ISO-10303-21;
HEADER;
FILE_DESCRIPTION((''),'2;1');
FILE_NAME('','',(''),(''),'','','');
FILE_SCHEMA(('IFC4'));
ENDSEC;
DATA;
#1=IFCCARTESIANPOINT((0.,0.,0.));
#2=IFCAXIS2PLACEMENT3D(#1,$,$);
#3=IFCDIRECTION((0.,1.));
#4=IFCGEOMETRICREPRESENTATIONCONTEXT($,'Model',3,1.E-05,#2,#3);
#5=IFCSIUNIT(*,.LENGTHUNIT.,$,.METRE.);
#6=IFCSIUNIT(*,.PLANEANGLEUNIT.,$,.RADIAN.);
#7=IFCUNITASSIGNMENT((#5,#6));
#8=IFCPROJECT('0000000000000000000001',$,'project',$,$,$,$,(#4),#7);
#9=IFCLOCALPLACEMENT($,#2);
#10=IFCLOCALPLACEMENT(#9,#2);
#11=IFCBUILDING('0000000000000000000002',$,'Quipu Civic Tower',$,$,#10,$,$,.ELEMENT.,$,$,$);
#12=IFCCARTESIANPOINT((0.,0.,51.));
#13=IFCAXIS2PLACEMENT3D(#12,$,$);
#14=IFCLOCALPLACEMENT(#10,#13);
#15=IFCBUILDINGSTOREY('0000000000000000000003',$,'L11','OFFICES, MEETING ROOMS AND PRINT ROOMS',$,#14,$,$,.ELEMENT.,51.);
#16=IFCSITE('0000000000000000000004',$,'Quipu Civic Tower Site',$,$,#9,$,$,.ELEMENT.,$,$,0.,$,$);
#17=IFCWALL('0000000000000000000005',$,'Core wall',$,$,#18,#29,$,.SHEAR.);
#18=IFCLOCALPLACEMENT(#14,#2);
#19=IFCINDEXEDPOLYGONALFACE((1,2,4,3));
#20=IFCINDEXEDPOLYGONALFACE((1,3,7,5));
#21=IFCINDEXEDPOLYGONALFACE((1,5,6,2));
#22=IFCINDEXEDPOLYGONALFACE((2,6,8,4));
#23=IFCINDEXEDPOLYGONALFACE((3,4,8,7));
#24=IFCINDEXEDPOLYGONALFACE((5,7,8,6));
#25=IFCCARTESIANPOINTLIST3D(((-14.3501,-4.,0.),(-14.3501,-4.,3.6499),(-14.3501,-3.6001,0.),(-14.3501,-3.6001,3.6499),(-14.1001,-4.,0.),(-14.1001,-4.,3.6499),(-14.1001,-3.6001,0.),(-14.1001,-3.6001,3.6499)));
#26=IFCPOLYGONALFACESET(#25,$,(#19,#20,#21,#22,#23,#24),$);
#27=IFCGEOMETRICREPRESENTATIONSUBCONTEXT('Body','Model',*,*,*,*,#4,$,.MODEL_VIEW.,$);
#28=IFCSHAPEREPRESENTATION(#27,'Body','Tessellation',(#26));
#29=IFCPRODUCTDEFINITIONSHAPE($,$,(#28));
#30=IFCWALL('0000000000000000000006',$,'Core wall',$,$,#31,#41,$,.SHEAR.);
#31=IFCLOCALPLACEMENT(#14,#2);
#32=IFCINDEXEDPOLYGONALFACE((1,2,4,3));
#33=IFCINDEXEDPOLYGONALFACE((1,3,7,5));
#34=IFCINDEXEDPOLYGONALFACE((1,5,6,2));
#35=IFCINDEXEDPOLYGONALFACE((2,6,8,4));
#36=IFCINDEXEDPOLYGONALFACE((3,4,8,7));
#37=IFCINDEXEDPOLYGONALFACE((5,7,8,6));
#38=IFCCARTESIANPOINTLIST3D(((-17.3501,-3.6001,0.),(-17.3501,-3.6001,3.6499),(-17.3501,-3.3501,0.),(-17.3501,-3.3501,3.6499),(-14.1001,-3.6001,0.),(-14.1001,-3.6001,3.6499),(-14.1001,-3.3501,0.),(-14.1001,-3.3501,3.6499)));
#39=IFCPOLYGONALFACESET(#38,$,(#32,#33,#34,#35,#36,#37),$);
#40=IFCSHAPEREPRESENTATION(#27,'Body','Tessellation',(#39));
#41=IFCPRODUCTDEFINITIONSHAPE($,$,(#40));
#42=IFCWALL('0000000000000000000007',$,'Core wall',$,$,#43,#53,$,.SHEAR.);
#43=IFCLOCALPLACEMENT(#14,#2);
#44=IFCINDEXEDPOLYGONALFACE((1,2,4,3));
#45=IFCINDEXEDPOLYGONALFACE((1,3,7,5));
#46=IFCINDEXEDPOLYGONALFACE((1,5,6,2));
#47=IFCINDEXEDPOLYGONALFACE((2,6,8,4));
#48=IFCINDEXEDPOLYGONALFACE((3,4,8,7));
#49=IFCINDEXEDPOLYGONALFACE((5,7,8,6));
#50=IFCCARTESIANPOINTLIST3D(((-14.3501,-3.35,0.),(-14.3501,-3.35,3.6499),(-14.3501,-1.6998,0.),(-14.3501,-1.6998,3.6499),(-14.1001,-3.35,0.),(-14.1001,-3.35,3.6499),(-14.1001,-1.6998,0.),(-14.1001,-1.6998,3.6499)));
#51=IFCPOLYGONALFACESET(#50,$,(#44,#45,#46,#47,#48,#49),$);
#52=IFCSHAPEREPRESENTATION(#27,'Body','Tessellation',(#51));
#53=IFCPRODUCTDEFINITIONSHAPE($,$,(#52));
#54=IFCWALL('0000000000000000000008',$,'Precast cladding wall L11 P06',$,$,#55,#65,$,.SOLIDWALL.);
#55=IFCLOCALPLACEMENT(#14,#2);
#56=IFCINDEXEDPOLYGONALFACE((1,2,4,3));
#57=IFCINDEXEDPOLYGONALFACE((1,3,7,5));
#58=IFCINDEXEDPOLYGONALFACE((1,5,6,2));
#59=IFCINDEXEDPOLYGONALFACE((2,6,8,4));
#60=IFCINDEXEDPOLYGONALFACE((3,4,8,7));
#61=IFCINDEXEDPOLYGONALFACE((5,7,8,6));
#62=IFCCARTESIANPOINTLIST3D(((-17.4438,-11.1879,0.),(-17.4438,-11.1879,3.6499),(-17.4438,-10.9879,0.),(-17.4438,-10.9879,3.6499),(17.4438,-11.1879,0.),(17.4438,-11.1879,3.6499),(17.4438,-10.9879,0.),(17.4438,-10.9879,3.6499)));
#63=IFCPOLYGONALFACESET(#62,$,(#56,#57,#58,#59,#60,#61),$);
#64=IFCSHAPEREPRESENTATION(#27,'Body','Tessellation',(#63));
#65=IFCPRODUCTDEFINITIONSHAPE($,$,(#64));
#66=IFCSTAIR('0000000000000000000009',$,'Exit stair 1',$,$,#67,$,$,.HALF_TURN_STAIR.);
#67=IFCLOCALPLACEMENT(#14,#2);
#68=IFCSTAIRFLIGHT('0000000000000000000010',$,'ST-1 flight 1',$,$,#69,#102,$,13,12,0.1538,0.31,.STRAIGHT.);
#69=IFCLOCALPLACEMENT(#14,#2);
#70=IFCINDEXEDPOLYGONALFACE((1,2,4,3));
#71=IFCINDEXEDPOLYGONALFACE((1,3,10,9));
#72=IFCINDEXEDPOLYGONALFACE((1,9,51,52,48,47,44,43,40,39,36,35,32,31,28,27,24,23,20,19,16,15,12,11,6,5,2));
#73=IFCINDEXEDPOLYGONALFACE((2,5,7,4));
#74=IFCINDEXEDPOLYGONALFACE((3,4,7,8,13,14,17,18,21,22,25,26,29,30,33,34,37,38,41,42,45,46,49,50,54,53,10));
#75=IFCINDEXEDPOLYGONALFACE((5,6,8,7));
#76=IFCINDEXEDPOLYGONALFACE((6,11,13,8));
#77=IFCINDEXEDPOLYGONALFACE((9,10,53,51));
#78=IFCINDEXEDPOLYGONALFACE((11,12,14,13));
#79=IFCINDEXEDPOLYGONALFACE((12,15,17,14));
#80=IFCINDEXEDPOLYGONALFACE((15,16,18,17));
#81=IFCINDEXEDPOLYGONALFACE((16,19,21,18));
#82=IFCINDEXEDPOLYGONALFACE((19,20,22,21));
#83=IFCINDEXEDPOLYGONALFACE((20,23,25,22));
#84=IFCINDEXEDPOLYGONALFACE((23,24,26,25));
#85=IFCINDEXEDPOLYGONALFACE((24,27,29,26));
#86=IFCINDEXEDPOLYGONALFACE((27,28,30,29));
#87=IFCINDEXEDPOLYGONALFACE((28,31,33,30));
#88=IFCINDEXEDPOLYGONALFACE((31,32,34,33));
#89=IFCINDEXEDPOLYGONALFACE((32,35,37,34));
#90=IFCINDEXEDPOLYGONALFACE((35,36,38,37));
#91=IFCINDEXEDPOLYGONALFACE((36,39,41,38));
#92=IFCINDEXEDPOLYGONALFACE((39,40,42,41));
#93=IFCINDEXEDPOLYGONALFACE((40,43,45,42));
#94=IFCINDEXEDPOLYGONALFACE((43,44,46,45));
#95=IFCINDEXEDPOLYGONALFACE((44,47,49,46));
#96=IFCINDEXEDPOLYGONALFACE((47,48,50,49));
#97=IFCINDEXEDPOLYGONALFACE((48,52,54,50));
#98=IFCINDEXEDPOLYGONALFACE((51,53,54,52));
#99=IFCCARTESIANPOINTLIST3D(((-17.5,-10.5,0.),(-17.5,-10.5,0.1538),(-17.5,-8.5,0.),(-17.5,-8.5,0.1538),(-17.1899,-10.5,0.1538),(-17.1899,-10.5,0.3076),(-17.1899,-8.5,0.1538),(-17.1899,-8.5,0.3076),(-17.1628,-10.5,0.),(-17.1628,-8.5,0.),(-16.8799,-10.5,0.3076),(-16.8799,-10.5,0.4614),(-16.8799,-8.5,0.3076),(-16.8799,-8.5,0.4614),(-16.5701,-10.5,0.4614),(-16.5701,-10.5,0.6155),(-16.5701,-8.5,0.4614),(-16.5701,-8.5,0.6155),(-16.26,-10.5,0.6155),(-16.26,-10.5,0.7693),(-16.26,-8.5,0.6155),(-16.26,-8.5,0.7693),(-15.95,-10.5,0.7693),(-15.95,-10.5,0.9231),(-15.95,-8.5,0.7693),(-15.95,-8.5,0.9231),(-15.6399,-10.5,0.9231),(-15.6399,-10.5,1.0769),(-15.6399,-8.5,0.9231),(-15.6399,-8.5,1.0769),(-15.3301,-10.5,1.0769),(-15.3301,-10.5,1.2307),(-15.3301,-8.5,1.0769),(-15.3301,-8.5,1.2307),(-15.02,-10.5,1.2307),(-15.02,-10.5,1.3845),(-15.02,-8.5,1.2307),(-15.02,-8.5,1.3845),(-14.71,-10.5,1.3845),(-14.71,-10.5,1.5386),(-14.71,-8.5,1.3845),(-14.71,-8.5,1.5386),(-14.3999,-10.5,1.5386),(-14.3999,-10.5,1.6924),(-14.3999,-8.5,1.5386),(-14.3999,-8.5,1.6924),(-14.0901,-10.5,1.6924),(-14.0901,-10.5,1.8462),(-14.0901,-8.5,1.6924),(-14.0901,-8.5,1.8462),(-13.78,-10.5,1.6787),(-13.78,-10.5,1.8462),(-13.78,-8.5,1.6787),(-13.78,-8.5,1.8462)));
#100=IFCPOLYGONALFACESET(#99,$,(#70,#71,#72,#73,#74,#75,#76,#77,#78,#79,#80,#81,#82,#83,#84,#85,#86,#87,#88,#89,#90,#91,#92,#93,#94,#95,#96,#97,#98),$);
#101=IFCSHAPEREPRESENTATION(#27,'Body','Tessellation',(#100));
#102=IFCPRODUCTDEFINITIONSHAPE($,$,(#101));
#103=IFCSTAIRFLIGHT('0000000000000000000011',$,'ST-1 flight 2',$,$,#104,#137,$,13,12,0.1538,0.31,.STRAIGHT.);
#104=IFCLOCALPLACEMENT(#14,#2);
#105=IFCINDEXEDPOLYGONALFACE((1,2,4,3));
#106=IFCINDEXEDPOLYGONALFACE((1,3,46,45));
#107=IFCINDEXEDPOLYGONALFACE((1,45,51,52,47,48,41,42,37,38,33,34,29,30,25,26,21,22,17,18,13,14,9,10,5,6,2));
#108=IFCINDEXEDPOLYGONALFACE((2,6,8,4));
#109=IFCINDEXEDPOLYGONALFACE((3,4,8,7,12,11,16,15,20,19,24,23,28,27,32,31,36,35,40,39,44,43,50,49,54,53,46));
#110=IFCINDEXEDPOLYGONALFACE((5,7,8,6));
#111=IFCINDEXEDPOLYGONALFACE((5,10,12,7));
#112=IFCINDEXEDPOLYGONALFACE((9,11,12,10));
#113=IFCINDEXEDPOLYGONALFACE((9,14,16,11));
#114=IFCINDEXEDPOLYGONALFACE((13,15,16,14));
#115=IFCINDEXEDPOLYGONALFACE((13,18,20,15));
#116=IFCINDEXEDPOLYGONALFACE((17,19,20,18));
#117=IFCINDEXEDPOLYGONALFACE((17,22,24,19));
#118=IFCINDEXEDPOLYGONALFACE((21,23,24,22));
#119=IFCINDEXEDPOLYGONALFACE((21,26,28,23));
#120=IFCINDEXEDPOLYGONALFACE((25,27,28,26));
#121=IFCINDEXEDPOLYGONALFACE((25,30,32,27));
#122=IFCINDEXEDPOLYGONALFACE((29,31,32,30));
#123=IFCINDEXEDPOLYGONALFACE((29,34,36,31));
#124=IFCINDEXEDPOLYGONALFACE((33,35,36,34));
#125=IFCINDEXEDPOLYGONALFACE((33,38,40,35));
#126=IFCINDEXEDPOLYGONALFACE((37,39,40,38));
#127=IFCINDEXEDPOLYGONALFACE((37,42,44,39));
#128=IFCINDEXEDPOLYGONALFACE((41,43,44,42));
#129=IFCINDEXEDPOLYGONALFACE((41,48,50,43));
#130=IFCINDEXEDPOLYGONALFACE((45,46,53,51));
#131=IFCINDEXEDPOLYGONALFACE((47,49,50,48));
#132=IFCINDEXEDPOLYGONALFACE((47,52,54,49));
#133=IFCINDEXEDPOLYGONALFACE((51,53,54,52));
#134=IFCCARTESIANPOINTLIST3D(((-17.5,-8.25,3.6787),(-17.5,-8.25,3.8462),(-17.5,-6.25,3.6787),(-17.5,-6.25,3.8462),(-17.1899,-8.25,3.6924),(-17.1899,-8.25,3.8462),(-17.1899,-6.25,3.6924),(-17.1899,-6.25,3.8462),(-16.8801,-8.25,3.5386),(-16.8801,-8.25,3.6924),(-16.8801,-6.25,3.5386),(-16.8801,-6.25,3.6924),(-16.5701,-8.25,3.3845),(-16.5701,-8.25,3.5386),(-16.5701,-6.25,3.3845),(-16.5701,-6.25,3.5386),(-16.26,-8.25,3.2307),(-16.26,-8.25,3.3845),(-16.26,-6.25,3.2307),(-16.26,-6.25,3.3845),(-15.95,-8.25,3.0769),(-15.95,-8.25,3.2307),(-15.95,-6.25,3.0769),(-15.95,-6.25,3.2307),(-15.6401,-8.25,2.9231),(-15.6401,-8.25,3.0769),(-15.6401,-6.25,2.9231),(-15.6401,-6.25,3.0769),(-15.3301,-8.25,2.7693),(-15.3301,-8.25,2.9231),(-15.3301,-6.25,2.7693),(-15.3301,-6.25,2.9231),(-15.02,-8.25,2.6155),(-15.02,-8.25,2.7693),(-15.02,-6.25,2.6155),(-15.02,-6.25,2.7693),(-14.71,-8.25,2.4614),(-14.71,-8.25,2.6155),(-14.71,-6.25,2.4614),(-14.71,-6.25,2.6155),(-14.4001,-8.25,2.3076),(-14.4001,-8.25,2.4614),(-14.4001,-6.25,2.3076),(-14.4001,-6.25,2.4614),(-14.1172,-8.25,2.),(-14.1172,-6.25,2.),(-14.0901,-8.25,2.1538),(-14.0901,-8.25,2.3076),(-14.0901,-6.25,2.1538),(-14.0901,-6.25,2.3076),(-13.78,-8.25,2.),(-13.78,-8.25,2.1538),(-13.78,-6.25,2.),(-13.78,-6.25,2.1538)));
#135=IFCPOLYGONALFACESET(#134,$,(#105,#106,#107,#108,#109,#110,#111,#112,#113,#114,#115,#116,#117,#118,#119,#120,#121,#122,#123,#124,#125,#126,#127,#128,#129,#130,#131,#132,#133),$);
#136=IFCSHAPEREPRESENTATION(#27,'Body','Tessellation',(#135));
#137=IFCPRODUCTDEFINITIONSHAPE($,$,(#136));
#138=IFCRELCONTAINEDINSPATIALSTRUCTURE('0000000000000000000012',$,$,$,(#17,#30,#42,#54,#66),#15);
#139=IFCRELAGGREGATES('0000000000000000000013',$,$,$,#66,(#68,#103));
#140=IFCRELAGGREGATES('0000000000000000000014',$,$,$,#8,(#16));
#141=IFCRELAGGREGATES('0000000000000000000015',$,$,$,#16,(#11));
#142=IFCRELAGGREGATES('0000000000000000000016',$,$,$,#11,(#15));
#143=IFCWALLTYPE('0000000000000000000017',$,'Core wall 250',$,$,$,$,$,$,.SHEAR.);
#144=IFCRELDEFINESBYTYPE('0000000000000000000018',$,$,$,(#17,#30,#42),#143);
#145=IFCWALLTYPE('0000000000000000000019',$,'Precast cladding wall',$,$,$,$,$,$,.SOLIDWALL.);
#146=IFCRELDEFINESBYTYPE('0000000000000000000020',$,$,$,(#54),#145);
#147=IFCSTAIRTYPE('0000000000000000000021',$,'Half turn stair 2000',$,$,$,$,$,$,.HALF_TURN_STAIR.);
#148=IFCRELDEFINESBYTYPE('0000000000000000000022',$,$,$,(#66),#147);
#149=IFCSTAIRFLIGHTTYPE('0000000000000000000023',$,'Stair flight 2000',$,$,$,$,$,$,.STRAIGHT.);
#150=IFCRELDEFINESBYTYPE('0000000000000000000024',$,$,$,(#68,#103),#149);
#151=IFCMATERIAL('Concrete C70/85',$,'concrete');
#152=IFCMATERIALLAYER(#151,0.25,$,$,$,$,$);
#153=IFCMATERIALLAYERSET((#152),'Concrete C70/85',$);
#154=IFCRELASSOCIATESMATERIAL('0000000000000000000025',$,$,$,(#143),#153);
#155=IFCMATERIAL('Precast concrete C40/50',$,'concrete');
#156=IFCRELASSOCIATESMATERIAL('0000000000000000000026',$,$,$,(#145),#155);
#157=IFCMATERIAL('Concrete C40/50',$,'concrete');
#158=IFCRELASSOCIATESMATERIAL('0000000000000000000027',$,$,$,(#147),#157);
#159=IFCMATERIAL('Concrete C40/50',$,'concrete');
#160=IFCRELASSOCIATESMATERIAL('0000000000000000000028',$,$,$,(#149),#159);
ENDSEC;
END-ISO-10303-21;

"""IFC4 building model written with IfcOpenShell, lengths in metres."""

from ifc_helpers import new_model, si_unit, direction, frame, frame_2d, origin, place, context, subcontext, project, spatial, polyline, rectangle, outline, extrude, material, layer, layer_set, type_object, element, aggregate, save


model = new_model("IFC4")

# Units and contexts
model_context = context("Model", 3, precision=1e-05, world=origin(), true_north=direction((0.0, 1.0)))
body_context = subcontext(model_context, "Body", "Model", "MODEL_VIEW")
ifc_project = project(units=[si_unit("LENGTHUNIT", "METRE"), si_unit("PLANEANGLEUNIT", "RADIAN")], contexts=[model_context])

# Site, building, storey
site_placement = place(None, origin())
site = spatial("IfcSite", under=ifc_project, at=site_placement, Name="Quipu Civic Tower Site", CompositionType="ELEMENT", RefElevation=0.0)
building_placement = place(site_placement, origin())
building = spatial("IfcBuilding", under=site, at=building_placement, Name="Quipu Civic Tower", CompositionType="ELEMENT")
storey_placement = place(building_placement, frame((0.0, 0.0, 51.0)))
storey = spatial("IfcBuildingStorey", under=building, at=storey_placement, Name="L11", Description="OFFICES, MEETING ROOMS AND PRINT ROOMS", CompositionType="ELEMENT", Elevation=51.0)

# Shared definitions
ifc_material_1 = material(Name="Concrete C70/85", Category="concrete")
ifc_layer = layer(ifc_material_1, 0.25)
ifc_layer_set = layer_set([ifc_layer], Name="Concrete C70/85")
wall_type_1 = type_object("IfcWallType", Name="Core wall 250", PredefinedType="SHEAR", material=ifc_layer_set)

# Walls
wall_1_placement = place(storey_placement, frame((-14.2251, -4.0, 0.0), z_axis=(0.0, 0.0, 1.0), x_axis=(0.0, 1.0, 0.0)))
element("IfcWall", 1, at=wall_1_placement, inside=storey, type_object=wall_type_1, Name="Core wall", PredefinedType="SHEAR", context=body_context, shape_type="SweptSolid", body=[
    extrude(rectangle(XDim=0.3999, YDim=0.25, at=frame_2d((0.2, 0.0))), origin(), (0.0, 0.0, 1.0), 3.6499),
])
wall_2_placement = place(storey_placement, frame((-17.3501, -3.4751, 0.0), z_axis=(0.0, 0.0, 1.0), x_axis=(1.0, 0.0, 0.0)))
element("IfcWall", 2, at=wall_2_placement, inside=storey, type_object=wall_type_1, Name="Core wall", PredefinedType="SHEAR", context=body_context, shape_type="SweptSolid", body=[
    extrude(rectangle(XDim=3.25, YDim=0.25, at=frame_2d((1.625, 0.0))), origin(), (0.0, 0.0, 1.0), 3.6499),
])
wall_3_placement = place(storey_placement, frame((-14.2251, -3.3501, 0.0), z_axis=(0.0, 0.0, 1.0), x_axis=(0.0, 1.0, 0.0)))
element("IfcWall", 3, at=wall_3_placement, inside=storey, type_object=wall_type_1, Name="Core wall", PredefinedType="SHEAR", context=body_context, shape_type="SweptSolid", body=[
    extrude(rectangle(XDim=1.6501, YDim=0.25, at=frame_2d((0.8252, 0.0))), origin(), (0.0, 0.0, 1.0), 3.6499),
])
ifc_material_2 = material(Name="Precast concrete C40/50", Category="concrete")
wall_type_2 = type_object("IfcWallType", Name="Precast cladding wall", PredefinedType="SOLIDWALL", material=ifc_material_2)
wall_4_placement = place(storey_placement, frame((-17.4438, -11.0879, 0.0), z_axis=(0.0, 0.0, 1.0), x_axis=(1.0, 0.0, 0.0)))
element("IfcWall", 4, at=wall_4_placement, inside=storey, type_object=wall_type_2, Name="Precast cladding wall L11 P06", PredefinedType="SOLIDWALL", context=body_context, shape_type="SweptSolid", body=[
    extrude(rectangle(XDim=34.8877, YDim=0.2, at=frame_2d((17.4438, 0.0))), origin(), (0.0, 0.0, 1.0), 3.6499),
])

# Stair, stair flights
ifc_material_3 = material(Name="Concrete C40/50", Category="concrete")
stair_type = type_object("IfcStairType", Name="Half turn stair 2000", PredefinedType="HALF_TURN_STAIR", material=ifc_material_3)
stair_placement = place(storey_placement, origin())
stair = element("IfcStair", 5, at=stair_placement, inside=storey, type_object=stair_type, Name="Exit stair 1", PredefinedType="HALF_TURN_STAIR")
ifc_material_4 = material(Name="Concrete C40/50", Category="concrete")
stair_flight_type = type_object("IfcStairFlightType", Name="Stair flight 2000", PredefinedType="STRAIGHT", material=ifc_material_4)
stair_flight_1_placement = place(storey_placement, frame((-17.5, -9.5, 0.0), z_axis=(0.0, 0.0, 1.0), x_axis=(1.0, 0.0, 0.0)))
stair_flight_1 = element("IfcStairFlight", 6, at=stair_flight_1_placement, type_object=stair_flight_type, Name="ST-1 flight 1", NumberOfRisers=13, NumberOfTreads=12, PredefinedType="STRAIGHT", RiserHeight=0.1538, TreadLength=0.31, context=body_context, shape_type="SweptSolid", body=[
    extrude(outline(polyline([(0.0, 0.0), (0.0, 0.1538), (0.3101, 0.1538), (0.3101, 0.3076), (0.6201, 0.3076), (0.6201, 0.4614), (0.9299, 0.4614), (0.9299, 0.6155), (1.24, 0.6155), (1.24, 0.7693), (1.55, 0.7693), (1.55, 0.9231), (1.8601, 0.9231), (1.8601, 1.0769), (2.1699, 1.0769), (2.1699, 1.2307), (2.48, 1.2307), (2.48, 1.3845), (2.79, 1.3845), (2.79, 1.5386), (3.1001, 1.5386), (3.1001, 1.6924), (3.4099, 1.6924), (3.4099, 1.8462), (3.72, 1.8462), (3.72, 2.0), (3.72, 1.6787), (0.3372, 0.0), (0.0, 0.0)])), frame((0.0, 1.0, 0.0), z_axis=(0.0, -1.0, 0.0), x_axis=(1.0, 0.0, 0.0)), (0.0, 0.0, 1.0), 2.0),
])
stair_flight_2_placement = place(storey_placement, frame((-13.78, -7.25, 2.0), z_axis=(0.0, 0.0, 1.0), x_axis=(-1.0, 0.0, 0.0)))
stair_flight_2 = element("IfcStairFlight", 7, at=stair_flight_2_placement, type_object=stair_flight_type, Name="ST-1 flight 2", NumberOfRisers=13, NumberOfTreads=12, PredefinedType="STRAIGHT", RiserHeight=0.1538, TreadLength=0.31, context=body_context, shape_type="SweptSolid", body=[
    extrude(outline(polyline([(0.0, 0.0), (0.0, 0.1538), (0.3101, 0.1538), (0.3101, 0.3076), (0.6201, 0.3076), (0.6201, 0.4614), (0.9299, 0.4614), (0.9299, 0.6155), (1.24, 0.6155), (1.24, 0.7693), (1.55, 0.7693), (1.55, 0.9231), (1.8601, 0.9231), (1.8601, 1.0769), (2.1699, 1.0769), (2.1699, 1.2307), (2.48, 1.2307), (2.48, 1.3845), (2.79, 1.3845), (2.79, 1.5386), (3.1001, 1.5386), (3.1001, 1.6924), (3.4099, 1.6924), (3.4099, 1.8462), (3.72, 1.8462), (3.72, 2.0), (3.72, 1.6787), (0.3372, 0.0), (0.0, 0.0)])), frame((0.0, 1.0, 0.0), z_axis=(0.0, -1.0, 0.0), x_axis=(1.0, 0.0, 0.0)), (0.0, 0.0, 1.0), 2.0),
])
aggregate(stair, [stair_flight_1, stair_flight_2])

save(model, "model.ifc")
